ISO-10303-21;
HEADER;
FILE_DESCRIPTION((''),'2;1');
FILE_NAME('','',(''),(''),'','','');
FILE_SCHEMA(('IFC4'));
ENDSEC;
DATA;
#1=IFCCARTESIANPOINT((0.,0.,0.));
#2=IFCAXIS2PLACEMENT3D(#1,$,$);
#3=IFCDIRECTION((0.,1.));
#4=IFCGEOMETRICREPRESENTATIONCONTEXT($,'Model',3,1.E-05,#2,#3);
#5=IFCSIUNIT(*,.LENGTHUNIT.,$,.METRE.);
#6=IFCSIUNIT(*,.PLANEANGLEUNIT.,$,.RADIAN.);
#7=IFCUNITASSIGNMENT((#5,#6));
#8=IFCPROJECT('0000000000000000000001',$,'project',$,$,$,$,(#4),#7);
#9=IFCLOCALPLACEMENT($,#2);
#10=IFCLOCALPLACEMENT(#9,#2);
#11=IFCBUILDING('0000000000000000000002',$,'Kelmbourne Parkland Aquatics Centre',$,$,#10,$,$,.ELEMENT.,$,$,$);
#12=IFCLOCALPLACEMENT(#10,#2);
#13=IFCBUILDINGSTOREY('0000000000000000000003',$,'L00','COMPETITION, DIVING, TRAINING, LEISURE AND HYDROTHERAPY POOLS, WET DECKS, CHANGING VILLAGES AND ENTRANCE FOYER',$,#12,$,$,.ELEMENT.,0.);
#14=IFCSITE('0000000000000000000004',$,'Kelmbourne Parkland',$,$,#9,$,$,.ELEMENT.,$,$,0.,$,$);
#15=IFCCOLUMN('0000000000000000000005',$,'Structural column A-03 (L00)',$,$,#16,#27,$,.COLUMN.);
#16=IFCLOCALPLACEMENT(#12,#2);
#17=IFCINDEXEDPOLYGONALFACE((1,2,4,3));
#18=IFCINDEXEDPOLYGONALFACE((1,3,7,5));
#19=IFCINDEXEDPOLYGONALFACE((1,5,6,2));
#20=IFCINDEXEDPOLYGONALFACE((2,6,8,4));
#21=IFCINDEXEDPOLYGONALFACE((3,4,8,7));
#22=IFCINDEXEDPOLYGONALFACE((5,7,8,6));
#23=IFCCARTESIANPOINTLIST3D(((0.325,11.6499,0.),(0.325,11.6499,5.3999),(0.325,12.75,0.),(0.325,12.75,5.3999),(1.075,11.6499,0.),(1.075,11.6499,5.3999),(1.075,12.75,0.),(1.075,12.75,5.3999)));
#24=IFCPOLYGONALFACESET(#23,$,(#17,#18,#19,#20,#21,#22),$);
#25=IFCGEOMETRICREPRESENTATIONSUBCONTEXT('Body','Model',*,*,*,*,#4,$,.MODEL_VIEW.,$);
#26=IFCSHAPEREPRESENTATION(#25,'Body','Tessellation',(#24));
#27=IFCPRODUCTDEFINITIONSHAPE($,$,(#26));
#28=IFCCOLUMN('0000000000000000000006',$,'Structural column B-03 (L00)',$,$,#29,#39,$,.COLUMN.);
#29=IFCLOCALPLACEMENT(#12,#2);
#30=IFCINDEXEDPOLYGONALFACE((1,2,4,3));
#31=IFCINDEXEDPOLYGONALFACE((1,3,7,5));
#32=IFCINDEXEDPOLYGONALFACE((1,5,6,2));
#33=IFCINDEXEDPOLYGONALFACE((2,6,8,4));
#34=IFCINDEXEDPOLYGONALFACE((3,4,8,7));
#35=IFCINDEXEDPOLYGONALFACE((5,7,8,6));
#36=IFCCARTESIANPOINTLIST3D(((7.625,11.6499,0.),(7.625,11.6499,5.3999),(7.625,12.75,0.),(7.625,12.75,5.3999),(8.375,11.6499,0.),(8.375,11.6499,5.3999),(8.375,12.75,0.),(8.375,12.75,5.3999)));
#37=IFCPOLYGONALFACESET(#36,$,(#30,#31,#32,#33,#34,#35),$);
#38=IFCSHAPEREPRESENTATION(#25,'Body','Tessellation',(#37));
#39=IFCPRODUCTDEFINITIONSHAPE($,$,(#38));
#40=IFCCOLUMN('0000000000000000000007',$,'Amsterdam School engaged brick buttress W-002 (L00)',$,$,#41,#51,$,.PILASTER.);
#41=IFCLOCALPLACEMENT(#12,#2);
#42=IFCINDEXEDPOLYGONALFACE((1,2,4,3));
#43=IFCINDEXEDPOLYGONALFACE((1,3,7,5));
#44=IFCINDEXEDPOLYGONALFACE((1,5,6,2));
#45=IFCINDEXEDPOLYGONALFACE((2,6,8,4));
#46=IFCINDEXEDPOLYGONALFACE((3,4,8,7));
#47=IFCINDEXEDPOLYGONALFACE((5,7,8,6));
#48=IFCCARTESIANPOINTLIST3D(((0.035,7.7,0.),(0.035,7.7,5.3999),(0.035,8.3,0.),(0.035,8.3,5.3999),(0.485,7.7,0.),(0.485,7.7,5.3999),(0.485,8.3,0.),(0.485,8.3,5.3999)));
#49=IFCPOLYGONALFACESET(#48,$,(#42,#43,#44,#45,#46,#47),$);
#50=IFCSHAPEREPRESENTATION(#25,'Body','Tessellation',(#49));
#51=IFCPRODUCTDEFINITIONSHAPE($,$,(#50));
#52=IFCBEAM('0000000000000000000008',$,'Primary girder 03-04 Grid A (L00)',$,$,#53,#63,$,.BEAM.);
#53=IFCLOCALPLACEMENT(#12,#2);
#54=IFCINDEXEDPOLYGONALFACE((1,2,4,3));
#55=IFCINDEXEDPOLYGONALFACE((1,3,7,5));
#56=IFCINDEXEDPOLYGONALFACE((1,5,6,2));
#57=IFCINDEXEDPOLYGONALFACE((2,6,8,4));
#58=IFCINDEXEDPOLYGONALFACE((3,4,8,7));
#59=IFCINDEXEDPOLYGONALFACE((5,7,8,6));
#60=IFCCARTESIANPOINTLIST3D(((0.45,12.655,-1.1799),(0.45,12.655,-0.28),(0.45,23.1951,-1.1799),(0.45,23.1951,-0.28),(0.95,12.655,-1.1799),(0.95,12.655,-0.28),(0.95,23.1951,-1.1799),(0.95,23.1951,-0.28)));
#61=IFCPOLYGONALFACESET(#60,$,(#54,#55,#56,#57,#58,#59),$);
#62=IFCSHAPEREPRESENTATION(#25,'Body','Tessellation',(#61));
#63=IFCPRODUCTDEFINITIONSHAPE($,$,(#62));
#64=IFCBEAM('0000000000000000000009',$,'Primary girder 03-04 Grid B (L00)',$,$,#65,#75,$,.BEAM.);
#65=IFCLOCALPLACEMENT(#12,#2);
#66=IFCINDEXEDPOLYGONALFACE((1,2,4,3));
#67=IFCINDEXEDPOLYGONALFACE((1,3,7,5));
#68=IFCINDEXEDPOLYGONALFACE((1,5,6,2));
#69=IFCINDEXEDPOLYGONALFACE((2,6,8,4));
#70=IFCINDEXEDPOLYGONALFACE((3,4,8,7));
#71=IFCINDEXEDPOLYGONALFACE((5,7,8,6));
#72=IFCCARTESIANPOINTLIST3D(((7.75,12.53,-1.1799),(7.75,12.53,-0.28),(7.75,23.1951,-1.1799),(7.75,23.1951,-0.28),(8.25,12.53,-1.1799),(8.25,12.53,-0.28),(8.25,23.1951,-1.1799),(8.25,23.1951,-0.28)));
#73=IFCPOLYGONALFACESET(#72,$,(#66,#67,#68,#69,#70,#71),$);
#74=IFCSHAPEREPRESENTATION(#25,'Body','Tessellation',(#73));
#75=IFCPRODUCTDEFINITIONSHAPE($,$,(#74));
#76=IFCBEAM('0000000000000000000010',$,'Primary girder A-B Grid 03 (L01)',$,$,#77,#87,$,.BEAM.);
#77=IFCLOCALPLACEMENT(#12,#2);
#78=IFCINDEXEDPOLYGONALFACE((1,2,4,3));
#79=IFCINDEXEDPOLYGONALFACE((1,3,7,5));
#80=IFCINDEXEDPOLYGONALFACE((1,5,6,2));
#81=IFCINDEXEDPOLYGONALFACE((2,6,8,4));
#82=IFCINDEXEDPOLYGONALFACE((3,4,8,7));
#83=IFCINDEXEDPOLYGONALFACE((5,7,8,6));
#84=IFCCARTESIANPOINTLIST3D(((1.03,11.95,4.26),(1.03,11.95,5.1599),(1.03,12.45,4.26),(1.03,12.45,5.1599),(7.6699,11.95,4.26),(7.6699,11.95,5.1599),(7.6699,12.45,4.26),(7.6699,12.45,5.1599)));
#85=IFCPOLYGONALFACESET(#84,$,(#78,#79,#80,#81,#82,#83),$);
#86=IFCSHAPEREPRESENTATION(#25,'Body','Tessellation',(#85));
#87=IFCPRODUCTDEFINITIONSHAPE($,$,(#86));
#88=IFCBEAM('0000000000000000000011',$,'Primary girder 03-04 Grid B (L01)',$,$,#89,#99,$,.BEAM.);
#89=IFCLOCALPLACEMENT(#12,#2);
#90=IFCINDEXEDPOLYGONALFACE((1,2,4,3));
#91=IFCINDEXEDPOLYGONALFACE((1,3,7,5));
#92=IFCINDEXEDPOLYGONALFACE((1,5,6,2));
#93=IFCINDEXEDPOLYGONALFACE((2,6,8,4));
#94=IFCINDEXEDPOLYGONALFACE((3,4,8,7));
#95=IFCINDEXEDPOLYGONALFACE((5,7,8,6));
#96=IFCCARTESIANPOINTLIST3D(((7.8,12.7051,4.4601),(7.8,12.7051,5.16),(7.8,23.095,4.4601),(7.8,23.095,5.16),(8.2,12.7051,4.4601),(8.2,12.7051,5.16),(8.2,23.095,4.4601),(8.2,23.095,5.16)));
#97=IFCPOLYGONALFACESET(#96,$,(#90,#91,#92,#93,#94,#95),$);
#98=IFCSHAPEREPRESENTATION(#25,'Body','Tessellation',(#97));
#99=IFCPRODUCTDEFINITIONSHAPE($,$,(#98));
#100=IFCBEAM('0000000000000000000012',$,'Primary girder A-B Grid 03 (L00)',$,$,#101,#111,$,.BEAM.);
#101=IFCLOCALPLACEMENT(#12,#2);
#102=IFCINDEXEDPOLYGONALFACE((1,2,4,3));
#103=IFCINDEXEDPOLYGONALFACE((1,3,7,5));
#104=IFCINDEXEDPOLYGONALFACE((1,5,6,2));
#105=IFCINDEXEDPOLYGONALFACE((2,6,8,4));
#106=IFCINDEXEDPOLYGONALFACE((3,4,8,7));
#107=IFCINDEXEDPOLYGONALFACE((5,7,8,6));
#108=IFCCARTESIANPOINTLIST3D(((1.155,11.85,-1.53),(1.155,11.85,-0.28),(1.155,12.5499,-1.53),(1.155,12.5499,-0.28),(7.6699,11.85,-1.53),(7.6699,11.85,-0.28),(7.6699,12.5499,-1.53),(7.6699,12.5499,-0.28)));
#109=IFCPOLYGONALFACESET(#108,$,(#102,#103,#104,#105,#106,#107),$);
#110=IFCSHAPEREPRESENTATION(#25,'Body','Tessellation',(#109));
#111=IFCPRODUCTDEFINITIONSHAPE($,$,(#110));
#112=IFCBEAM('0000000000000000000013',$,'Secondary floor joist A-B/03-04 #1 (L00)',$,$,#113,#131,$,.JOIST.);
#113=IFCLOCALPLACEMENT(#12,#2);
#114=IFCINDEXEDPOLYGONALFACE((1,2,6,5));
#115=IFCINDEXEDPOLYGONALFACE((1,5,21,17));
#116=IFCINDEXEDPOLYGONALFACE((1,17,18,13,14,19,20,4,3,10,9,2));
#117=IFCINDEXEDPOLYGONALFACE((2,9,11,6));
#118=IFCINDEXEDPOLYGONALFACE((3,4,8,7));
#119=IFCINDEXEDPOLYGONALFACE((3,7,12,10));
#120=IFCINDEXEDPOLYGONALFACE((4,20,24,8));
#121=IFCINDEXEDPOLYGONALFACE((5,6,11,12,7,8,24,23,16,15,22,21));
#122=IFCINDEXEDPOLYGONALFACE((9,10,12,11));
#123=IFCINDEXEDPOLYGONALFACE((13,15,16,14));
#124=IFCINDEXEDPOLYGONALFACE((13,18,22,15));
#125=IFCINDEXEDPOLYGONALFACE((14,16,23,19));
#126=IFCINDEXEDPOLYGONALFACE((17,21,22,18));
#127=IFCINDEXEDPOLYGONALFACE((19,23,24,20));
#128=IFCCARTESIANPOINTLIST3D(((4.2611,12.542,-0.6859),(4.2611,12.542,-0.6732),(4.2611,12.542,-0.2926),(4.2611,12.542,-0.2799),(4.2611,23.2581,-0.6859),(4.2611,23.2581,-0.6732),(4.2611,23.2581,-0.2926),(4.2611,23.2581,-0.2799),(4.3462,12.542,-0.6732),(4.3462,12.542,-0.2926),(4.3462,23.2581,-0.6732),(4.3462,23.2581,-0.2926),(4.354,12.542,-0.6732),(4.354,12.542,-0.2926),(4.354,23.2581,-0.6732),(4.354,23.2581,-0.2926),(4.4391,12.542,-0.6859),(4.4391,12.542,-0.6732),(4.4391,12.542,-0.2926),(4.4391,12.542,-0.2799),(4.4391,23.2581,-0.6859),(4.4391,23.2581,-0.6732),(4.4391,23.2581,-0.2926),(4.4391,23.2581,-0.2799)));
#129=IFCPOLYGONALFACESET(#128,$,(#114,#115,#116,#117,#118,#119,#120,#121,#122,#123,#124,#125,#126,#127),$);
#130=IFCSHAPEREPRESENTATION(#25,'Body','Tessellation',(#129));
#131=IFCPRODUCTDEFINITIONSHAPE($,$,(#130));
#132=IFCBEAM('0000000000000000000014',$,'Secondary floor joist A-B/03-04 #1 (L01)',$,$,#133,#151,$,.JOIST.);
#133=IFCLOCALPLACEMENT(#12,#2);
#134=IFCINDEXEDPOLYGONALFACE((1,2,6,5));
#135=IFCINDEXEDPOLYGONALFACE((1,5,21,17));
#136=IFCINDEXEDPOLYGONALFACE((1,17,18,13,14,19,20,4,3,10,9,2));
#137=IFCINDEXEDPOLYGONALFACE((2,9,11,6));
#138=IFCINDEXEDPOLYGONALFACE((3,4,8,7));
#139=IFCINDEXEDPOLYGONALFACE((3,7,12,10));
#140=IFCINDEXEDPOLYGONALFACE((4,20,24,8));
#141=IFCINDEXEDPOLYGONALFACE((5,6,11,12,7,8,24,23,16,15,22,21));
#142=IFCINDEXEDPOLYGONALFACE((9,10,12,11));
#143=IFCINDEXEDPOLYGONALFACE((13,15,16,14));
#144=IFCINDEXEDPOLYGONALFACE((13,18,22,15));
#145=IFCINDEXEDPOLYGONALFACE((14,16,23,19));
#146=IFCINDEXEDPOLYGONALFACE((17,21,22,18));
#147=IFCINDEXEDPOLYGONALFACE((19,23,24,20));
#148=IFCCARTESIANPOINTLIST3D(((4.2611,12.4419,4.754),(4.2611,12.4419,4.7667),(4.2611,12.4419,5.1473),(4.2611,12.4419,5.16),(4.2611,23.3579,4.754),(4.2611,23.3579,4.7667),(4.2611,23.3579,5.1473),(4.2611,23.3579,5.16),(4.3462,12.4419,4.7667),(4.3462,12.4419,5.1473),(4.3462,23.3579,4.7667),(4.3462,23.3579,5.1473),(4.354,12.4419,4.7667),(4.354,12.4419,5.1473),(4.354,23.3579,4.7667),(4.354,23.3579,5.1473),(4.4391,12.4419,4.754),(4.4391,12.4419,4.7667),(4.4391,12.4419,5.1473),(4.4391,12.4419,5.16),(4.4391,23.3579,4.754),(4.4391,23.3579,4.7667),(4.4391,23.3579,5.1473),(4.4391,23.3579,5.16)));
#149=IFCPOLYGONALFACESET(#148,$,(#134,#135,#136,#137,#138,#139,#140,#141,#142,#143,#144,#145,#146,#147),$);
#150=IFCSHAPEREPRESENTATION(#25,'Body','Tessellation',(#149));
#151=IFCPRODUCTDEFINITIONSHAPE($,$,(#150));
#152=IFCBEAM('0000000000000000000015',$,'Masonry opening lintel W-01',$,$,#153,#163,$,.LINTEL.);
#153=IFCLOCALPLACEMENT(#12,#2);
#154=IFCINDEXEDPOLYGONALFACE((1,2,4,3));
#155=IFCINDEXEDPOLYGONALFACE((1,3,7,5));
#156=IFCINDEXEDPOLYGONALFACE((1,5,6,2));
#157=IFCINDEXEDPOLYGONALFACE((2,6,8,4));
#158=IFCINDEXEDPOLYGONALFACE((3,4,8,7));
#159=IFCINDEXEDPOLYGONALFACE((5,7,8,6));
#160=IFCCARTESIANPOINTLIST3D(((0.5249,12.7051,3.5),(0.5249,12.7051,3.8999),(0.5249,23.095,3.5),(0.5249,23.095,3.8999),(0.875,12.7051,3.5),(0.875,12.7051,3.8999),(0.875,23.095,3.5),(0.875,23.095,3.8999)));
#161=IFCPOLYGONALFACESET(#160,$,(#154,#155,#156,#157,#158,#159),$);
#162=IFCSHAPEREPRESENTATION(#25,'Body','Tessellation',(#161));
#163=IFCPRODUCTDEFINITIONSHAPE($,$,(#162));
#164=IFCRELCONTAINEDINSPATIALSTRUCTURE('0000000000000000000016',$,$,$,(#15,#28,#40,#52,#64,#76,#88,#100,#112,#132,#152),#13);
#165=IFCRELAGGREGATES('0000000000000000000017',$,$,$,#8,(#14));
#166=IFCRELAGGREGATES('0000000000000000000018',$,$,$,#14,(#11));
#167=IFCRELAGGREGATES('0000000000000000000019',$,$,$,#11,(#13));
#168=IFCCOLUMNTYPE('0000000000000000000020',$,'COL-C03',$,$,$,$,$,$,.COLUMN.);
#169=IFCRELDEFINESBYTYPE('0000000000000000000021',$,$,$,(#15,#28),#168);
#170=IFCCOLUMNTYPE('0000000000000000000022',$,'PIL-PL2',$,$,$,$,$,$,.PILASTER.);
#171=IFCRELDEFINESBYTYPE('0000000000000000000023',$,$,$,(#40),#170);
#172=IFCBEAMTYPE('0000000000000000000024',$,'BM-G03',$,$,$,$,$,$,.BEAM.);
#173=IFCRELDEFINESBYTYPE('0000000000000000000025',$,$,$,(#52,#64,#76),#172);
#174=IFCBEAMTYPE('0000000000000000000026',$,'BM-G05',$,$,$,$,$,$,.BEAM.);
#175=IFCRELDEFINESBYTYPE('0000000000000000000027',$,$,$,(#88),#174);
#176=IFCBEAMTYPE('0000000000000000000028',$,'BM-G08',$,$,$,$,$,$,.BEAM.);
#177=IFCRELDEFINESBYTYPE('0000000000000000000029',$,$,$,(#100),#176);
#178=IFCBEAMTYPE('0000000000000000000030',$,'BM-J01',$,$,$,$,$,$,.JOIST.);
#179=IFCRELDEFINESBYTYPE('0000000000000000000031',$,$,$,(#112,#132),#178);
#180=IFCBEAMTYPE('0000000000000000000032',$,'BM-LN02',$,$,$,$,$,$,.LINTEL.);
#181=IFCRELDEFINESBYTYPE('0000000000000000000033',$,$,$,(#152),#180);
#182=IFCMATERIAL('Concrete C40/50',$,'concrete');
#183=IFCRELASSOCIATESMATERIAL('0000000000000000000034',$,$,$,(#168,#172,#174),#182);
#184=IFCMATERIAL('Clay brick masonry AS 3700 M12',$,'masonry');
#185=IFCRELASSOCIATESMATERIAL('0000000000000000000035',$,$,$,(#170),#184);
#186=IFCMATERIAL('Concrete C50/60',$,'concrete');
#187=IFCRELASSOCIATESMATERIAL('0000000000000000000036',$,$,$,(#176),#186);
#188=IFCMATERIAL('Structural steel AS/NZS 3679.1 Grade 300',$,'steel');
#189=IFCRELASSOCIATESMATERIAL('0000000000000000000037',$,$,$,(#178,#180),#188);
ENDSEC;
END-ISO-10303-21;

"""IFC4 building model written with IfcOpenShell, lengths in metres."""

from ifc_helpers import new_model, si_unit, direction, frame, origin, origin_2d, place, context, subcontext, project, spatial, rectangle, i_section, extrude, material, material_profile, profile_set, type_object, element, save


model = new_model("IFC4")

# Units and contexts
model_context = context("Model", 3, precision=1e-05, world=origin(), true_north=direction((0.0, 1.0)))
body_context = subcontext(model_context, "Body", "Model", "MODEL_VIEW")
ifc_project = project(units=[si_unit("LENGTHUNIT", "METRE"), si_unit("PLANEANGLEUNIT", "RADIAN")], contexts=[model_context])

# Site, building, storey
site_placement = place(None, origin())
site = spatial("IfcSite", under=ifc_project, at=site_placement, Name="Kelmbourne Parkland", CompositionType="ELEMENT", RefElevation=0.0)
building_placement = place(site_placement, origin())
building = spatial("IfcBuilding", under=site, at=building_placement, Name="Kelmbourne Parkland Aquatics Centre", CompositionType="ELEMENT")
storey_placement = place(building_placement, origin())
storey = spatial("IfcBuildingStorey", under=building, at=storey_placement, Name="L00", Description="COMPETITION, DIVING, TRAINING, LEISURE AND HYDROTHERAPY POOLS, WET DECKS, CHANGING VILLAGES AND ENTRANCE FOYER", CompositionType="ELEMENT", Elevation=0.0)

# Columns
ifc_material_1 = material(Name="Concrete C40/50", Category="concrete")
ifc_material_profile_1 = material_profile(ifc_material_1, rectangle(XDim=0.75, YDim=1.1001, at=origin_2d()), Name="RC 750x1100")
ifc_profile_set_1 = profile_set([ifc_material_profile_1], Name="Concrete C40/50")
column_type_1 = type_object("IfcColumnType", Name="COL-C03", PredefinedType="COLUMN", material=ifc_profile_set_1)
for number, where, z_axis, x_axis, name in (
    (1, (0.7, 12.2, 0.0), (0.0, 0.0, 1.0), (1.0, 0.0, 0.0), "Structural column A-03 (L00)"),
    (2, (8.0, 12.2, 0.0), (0.0, 0.0, 1.0), (1.0, 0.0, 0.0), "Structural column B-03 (L00)"),
):
    element("IfcColumn", number, at=place(storey_placement, frame(where, z_axis=z_axis, x_axis=x_axis)), inside=storey, type_object=column_type_1, Name=name, PredefinedType="COLUMN", context=body_context, shape_type="SweptSolid", body=[
        extrude(rectangle(XDim=0.75, YDim=1.1001, at=origin_2d()), origin(), (0.0, 0.0, 1.0), 5.3999),
    ])
ifc_material_2 = material(Name="Clay brick masonry AS 3700 M12", Category="masonry")
ifc_material_profile_2 = material_profile(ifc_material_2, rectangle(XDim=0.45, YDim=0.6001, at=origin_2d()), Name="PIL 450x600")
ifc_profile_set_2 = profile_set([ifc_material_profile_2], Name="Clay brick masonry AS 3700 M12")
column_type_2 = type_object("IfcColumnType", Name="PIL-PL2", PredefinedType="PILASTER", material=ifc_profile_set_2)
column_placement = place(storey_placement, frame((0.26, 8.0, 0.0), z_axis=(0.0, 0.0, 1.0), x_axis=(1.0, 0.0, 0.0)))
element("IfcColumn", 3, at=column_placement, inside=storey, type_object=column_type_2, Name="Amsterdam School engaged brick buttress W-002 (L00)", PredefinedType="PILASTER", context=body_context, shape_type="SweptSolid", body=[
    extrude(rectangle(XDim=0.45, YDim=0.6001, at=origin_2d()), origin(), (0.0, 0.0, 1.0), 5.3999),
])

# Beams
ifc_material_profile_3 = material_profile(ifc_material_1, rectangle(XDim=0.5, YDim=0.8999, at=origin_2d()), Name="RC 500x900")
ifc_profile_set_3 = profile_set([ifc_material_profile_3], Name="Concrete C40/50")
beam_type_1 = type_object("IfcBeamType", Name="BM-G03", PredefinedType="BEAM", material=ifc_profile_set_3)
beam_1_placement = place(storey_placement, frame((0.7, 12.655, -0.73), z_axis=(0.0, 1.0, 0.0), x_axis=(-1.0, 0.0, 0.0)))
element("IfcBeam", 4, at=beam_1_placement, inside=storey, type_object=beam_type_1, Name="Primary girder 03-04 Grid A (L00)", PredefinedType="BEAM", context=body_context, shape_type="SweptSolid", body=[
    extrude(rectangle(XDim=0.5, YDim=0.8999, at=origin_2d()), origin(), (0.0, 0.0, 1.0), 10.54),
])
beam_2_placement = place(storey_placement, frame((8.0, 12.53, -0.73), z_axis=(0.0, 1.0, 0.0), x_axis=(-1.0, 0.0, 0.0)))
element("IfcBeam", 5, at=beam_2_placement, inside=storey, type_object=beam_type_1, Name="Primary girder 03-04 Grid B (L00)", PredefinedType="BEAM", context=body_context, shape_type="SweptSolid", body=[
    extrude(rectangle(XDim=0.5, YDim=0.8999, at=origin_2d()), origin(), (0.0, 0.0, 1.0), 10.665),
])
beam_3_placement = place(storey_placement, frame((1.03, 12.2, 4.71), z_axis=(1.0, 0.0, 0.0), x_axis=(0.0, 1.0, 0.0)))
element("IfcBeam", 6, at=beam_3_placement, inside=storey, type_object=beam_type_1, Name="Primary girder A-B Grid 03 (L01)", PredefinedType="BEAM", context=body_context, shape_type="SweptSolid", body=[
    extrude(rectangle(XDim=0.5, YDim=0.8999, at=origin_2d()), origin(), (0.0, 0.0, 1.0), 6.6399),
])
ifc_material_profile_4 = material_profile(ifc_material_1, rectangle(XDim=0.3999, YDim=0.7, at=origin_2d()), Name="RC 400x700")
ifc_profile_set_4 = profile_set([ifc_material_profile_4], Name="Concrete C40/50")
beam_type_2 = type_object("IfcBeamType", Name="BM-G05", PredefinedType="BEAM", material=ifc_profile_set_4)
beam_4_placement = place(storey_placement, frame((8.0, 12.7051, 4.8101), z_axis=(0.0, 1.0, 0.0), x_axis=(-1.0, 0.0, 0.0)))
element("IfcBeam", 7, at=beam_4_placement, inside=storey, type_object=beam_type_2, Name="Primary girder 03-04 Grid B (L01)", PredefinedType="BEAM", context=body_context, shape_type="SweptSolid", body=[
    extrude(rectangle(XDim=0.3999, YDim=0.7, at=origin_2d()), origin(), (0.0, 0.0, 1.0), 10.3899),
])
ifc_material_3 = material(Name="Concrete C50/60", Category="concrete")
ifc_material_profile_5 = material_profile(ifc_material_3, rectangle(XDim=0.7, YDim=1.25, at=origin_2d()), Name="RC 700x1250")
ifc_profile_set_5 = profile_set([ifc_material_profile_5], Name="Concrete C50/60")
beam_type_3 = type_object("IfcBeamType", Name="BM-G08", PredefinedType="BEAM", material=ifc_profile_set_5)
beam_5_placement = place(storey_placement, frame((1.155, 12.2, -0.905), z_axis=(1.0, 0.0, 0.0), x_axis=(0.0, 1.0, 0.0)))
element("IfcBeam", 8, at=beam_5_placement, inside=storey, type_object=beam_type_3, Name="Primary girder A-B Grid 03 (L00)", PredefinedType="BEAM", context=body_context, shape_type="SweptSolid", body=[
    extrude(rectangle(XDim=0.7, YDim=1.25, at=origin_2d()), origin(), (0.0, 0.0, 1.0), 6.5149),
])
ifc_material_4 = material(Name="Structural steel AS/NZS 3679.1 Grade 300", Category="steel")
ifc_material_profile_6 = material_profile(ifc_material_4, i_section(OverallWidth=0.178, OverallDepth=0.406, WebThickness=0.0078, FlangeThickness=0.0127, at=origin_2d()), Name="410UB59.7")
ifc_profile_set_6 = profile_set([ifc_material_profile_6], Name="Structural steel AS/NZS 3679.1 Grade 300")
beam_type_4 = type_object("IfcBeamType", Name="BM-J01", PredefinedType="JOIST", material=ifc_profile_set_6)
beam_6_placement = place(storey_placement, frame((4.3501, 12.542, -0.4829), z_axis=(0.0, 1.0, 0.0), x_axis=(-1.0, 0.0, 0.0)))
element("IfcBeam", 9, at=beam_6_placement, inside=storey, type_object=beam_type_4, Name="Secondary floor joist A-B/03-04 #1 (L00)", PredefinedType="JOIST", context=body_context, shape_type="SweptSolid", body=[
    extrude(i_section(OverallWidth=0.178, OverallDepth=0.406, WebThickness=0.0078, FlangeThickness=0.0127, at=origin_2d()), origin(), (0.0, 0.0, 1.0), 10.7161),
])
beam_7_placement = place(storey_placement, frame((4.3501, 12.4419, 4.957), z_axis=(0.0, 1.0, 0.0), x_axis=(-1.0, 0.0, 0.0)))
element("IfcBeam", 10, at=beam_7_placement, inside=storey, type_object=beam_type_4, Name="Secondary floor joist A-B/03-04 #1 (L01)", PredefinedType="JOIST", context=body_context, shape_type="SweptSolid", body=[
    extrude(i_section(OverallWidth=0.178, OverallDepth=0.406, WebThickness=0.0078, FlangeThickness=0.0127, at=origin_2d()), origin(), (0.0, 0.0, 1.0), 10.916),
])
ifc_material_profile_7 = material_profile(ifc_material_4, rectangle(XDim=0.3501, YDim=0.3999, at=origin_2d()), Name="LNT 350x400")
ifc_profile_set_7 = profile_set([ifc_material_profile_7], Name="Structural steel AS/NZS 3679.1 Grade 300")
beam_type_5 = type_object("IfcBeamType", Name="BM-LN02", PredefinedType="LINTEL", material=ifc_profile_set_7)
beam_8_placement = place(storey_placement, frame((0.7, 12.7051, 3.7), z_axis=(0.0, 1.0, 0.0), x_axis=(-1.0, 0.0, 0.0)))
element("IfcBeam", 11, at=beam_8_placement, inside=storey, type_object=beam_type_5, Name="Masonry opening lintel W-01", PredefinedType="LINTEL", context=body_context, shape_type="SweptSolid", body=[
    extrude(rectangle(XDim=0.3501, YDim=0.3999, at=origin_2d()), origin(), (0.0, 0.0, 1.0), 10.3899),
])

save(model, "model.ifc")
